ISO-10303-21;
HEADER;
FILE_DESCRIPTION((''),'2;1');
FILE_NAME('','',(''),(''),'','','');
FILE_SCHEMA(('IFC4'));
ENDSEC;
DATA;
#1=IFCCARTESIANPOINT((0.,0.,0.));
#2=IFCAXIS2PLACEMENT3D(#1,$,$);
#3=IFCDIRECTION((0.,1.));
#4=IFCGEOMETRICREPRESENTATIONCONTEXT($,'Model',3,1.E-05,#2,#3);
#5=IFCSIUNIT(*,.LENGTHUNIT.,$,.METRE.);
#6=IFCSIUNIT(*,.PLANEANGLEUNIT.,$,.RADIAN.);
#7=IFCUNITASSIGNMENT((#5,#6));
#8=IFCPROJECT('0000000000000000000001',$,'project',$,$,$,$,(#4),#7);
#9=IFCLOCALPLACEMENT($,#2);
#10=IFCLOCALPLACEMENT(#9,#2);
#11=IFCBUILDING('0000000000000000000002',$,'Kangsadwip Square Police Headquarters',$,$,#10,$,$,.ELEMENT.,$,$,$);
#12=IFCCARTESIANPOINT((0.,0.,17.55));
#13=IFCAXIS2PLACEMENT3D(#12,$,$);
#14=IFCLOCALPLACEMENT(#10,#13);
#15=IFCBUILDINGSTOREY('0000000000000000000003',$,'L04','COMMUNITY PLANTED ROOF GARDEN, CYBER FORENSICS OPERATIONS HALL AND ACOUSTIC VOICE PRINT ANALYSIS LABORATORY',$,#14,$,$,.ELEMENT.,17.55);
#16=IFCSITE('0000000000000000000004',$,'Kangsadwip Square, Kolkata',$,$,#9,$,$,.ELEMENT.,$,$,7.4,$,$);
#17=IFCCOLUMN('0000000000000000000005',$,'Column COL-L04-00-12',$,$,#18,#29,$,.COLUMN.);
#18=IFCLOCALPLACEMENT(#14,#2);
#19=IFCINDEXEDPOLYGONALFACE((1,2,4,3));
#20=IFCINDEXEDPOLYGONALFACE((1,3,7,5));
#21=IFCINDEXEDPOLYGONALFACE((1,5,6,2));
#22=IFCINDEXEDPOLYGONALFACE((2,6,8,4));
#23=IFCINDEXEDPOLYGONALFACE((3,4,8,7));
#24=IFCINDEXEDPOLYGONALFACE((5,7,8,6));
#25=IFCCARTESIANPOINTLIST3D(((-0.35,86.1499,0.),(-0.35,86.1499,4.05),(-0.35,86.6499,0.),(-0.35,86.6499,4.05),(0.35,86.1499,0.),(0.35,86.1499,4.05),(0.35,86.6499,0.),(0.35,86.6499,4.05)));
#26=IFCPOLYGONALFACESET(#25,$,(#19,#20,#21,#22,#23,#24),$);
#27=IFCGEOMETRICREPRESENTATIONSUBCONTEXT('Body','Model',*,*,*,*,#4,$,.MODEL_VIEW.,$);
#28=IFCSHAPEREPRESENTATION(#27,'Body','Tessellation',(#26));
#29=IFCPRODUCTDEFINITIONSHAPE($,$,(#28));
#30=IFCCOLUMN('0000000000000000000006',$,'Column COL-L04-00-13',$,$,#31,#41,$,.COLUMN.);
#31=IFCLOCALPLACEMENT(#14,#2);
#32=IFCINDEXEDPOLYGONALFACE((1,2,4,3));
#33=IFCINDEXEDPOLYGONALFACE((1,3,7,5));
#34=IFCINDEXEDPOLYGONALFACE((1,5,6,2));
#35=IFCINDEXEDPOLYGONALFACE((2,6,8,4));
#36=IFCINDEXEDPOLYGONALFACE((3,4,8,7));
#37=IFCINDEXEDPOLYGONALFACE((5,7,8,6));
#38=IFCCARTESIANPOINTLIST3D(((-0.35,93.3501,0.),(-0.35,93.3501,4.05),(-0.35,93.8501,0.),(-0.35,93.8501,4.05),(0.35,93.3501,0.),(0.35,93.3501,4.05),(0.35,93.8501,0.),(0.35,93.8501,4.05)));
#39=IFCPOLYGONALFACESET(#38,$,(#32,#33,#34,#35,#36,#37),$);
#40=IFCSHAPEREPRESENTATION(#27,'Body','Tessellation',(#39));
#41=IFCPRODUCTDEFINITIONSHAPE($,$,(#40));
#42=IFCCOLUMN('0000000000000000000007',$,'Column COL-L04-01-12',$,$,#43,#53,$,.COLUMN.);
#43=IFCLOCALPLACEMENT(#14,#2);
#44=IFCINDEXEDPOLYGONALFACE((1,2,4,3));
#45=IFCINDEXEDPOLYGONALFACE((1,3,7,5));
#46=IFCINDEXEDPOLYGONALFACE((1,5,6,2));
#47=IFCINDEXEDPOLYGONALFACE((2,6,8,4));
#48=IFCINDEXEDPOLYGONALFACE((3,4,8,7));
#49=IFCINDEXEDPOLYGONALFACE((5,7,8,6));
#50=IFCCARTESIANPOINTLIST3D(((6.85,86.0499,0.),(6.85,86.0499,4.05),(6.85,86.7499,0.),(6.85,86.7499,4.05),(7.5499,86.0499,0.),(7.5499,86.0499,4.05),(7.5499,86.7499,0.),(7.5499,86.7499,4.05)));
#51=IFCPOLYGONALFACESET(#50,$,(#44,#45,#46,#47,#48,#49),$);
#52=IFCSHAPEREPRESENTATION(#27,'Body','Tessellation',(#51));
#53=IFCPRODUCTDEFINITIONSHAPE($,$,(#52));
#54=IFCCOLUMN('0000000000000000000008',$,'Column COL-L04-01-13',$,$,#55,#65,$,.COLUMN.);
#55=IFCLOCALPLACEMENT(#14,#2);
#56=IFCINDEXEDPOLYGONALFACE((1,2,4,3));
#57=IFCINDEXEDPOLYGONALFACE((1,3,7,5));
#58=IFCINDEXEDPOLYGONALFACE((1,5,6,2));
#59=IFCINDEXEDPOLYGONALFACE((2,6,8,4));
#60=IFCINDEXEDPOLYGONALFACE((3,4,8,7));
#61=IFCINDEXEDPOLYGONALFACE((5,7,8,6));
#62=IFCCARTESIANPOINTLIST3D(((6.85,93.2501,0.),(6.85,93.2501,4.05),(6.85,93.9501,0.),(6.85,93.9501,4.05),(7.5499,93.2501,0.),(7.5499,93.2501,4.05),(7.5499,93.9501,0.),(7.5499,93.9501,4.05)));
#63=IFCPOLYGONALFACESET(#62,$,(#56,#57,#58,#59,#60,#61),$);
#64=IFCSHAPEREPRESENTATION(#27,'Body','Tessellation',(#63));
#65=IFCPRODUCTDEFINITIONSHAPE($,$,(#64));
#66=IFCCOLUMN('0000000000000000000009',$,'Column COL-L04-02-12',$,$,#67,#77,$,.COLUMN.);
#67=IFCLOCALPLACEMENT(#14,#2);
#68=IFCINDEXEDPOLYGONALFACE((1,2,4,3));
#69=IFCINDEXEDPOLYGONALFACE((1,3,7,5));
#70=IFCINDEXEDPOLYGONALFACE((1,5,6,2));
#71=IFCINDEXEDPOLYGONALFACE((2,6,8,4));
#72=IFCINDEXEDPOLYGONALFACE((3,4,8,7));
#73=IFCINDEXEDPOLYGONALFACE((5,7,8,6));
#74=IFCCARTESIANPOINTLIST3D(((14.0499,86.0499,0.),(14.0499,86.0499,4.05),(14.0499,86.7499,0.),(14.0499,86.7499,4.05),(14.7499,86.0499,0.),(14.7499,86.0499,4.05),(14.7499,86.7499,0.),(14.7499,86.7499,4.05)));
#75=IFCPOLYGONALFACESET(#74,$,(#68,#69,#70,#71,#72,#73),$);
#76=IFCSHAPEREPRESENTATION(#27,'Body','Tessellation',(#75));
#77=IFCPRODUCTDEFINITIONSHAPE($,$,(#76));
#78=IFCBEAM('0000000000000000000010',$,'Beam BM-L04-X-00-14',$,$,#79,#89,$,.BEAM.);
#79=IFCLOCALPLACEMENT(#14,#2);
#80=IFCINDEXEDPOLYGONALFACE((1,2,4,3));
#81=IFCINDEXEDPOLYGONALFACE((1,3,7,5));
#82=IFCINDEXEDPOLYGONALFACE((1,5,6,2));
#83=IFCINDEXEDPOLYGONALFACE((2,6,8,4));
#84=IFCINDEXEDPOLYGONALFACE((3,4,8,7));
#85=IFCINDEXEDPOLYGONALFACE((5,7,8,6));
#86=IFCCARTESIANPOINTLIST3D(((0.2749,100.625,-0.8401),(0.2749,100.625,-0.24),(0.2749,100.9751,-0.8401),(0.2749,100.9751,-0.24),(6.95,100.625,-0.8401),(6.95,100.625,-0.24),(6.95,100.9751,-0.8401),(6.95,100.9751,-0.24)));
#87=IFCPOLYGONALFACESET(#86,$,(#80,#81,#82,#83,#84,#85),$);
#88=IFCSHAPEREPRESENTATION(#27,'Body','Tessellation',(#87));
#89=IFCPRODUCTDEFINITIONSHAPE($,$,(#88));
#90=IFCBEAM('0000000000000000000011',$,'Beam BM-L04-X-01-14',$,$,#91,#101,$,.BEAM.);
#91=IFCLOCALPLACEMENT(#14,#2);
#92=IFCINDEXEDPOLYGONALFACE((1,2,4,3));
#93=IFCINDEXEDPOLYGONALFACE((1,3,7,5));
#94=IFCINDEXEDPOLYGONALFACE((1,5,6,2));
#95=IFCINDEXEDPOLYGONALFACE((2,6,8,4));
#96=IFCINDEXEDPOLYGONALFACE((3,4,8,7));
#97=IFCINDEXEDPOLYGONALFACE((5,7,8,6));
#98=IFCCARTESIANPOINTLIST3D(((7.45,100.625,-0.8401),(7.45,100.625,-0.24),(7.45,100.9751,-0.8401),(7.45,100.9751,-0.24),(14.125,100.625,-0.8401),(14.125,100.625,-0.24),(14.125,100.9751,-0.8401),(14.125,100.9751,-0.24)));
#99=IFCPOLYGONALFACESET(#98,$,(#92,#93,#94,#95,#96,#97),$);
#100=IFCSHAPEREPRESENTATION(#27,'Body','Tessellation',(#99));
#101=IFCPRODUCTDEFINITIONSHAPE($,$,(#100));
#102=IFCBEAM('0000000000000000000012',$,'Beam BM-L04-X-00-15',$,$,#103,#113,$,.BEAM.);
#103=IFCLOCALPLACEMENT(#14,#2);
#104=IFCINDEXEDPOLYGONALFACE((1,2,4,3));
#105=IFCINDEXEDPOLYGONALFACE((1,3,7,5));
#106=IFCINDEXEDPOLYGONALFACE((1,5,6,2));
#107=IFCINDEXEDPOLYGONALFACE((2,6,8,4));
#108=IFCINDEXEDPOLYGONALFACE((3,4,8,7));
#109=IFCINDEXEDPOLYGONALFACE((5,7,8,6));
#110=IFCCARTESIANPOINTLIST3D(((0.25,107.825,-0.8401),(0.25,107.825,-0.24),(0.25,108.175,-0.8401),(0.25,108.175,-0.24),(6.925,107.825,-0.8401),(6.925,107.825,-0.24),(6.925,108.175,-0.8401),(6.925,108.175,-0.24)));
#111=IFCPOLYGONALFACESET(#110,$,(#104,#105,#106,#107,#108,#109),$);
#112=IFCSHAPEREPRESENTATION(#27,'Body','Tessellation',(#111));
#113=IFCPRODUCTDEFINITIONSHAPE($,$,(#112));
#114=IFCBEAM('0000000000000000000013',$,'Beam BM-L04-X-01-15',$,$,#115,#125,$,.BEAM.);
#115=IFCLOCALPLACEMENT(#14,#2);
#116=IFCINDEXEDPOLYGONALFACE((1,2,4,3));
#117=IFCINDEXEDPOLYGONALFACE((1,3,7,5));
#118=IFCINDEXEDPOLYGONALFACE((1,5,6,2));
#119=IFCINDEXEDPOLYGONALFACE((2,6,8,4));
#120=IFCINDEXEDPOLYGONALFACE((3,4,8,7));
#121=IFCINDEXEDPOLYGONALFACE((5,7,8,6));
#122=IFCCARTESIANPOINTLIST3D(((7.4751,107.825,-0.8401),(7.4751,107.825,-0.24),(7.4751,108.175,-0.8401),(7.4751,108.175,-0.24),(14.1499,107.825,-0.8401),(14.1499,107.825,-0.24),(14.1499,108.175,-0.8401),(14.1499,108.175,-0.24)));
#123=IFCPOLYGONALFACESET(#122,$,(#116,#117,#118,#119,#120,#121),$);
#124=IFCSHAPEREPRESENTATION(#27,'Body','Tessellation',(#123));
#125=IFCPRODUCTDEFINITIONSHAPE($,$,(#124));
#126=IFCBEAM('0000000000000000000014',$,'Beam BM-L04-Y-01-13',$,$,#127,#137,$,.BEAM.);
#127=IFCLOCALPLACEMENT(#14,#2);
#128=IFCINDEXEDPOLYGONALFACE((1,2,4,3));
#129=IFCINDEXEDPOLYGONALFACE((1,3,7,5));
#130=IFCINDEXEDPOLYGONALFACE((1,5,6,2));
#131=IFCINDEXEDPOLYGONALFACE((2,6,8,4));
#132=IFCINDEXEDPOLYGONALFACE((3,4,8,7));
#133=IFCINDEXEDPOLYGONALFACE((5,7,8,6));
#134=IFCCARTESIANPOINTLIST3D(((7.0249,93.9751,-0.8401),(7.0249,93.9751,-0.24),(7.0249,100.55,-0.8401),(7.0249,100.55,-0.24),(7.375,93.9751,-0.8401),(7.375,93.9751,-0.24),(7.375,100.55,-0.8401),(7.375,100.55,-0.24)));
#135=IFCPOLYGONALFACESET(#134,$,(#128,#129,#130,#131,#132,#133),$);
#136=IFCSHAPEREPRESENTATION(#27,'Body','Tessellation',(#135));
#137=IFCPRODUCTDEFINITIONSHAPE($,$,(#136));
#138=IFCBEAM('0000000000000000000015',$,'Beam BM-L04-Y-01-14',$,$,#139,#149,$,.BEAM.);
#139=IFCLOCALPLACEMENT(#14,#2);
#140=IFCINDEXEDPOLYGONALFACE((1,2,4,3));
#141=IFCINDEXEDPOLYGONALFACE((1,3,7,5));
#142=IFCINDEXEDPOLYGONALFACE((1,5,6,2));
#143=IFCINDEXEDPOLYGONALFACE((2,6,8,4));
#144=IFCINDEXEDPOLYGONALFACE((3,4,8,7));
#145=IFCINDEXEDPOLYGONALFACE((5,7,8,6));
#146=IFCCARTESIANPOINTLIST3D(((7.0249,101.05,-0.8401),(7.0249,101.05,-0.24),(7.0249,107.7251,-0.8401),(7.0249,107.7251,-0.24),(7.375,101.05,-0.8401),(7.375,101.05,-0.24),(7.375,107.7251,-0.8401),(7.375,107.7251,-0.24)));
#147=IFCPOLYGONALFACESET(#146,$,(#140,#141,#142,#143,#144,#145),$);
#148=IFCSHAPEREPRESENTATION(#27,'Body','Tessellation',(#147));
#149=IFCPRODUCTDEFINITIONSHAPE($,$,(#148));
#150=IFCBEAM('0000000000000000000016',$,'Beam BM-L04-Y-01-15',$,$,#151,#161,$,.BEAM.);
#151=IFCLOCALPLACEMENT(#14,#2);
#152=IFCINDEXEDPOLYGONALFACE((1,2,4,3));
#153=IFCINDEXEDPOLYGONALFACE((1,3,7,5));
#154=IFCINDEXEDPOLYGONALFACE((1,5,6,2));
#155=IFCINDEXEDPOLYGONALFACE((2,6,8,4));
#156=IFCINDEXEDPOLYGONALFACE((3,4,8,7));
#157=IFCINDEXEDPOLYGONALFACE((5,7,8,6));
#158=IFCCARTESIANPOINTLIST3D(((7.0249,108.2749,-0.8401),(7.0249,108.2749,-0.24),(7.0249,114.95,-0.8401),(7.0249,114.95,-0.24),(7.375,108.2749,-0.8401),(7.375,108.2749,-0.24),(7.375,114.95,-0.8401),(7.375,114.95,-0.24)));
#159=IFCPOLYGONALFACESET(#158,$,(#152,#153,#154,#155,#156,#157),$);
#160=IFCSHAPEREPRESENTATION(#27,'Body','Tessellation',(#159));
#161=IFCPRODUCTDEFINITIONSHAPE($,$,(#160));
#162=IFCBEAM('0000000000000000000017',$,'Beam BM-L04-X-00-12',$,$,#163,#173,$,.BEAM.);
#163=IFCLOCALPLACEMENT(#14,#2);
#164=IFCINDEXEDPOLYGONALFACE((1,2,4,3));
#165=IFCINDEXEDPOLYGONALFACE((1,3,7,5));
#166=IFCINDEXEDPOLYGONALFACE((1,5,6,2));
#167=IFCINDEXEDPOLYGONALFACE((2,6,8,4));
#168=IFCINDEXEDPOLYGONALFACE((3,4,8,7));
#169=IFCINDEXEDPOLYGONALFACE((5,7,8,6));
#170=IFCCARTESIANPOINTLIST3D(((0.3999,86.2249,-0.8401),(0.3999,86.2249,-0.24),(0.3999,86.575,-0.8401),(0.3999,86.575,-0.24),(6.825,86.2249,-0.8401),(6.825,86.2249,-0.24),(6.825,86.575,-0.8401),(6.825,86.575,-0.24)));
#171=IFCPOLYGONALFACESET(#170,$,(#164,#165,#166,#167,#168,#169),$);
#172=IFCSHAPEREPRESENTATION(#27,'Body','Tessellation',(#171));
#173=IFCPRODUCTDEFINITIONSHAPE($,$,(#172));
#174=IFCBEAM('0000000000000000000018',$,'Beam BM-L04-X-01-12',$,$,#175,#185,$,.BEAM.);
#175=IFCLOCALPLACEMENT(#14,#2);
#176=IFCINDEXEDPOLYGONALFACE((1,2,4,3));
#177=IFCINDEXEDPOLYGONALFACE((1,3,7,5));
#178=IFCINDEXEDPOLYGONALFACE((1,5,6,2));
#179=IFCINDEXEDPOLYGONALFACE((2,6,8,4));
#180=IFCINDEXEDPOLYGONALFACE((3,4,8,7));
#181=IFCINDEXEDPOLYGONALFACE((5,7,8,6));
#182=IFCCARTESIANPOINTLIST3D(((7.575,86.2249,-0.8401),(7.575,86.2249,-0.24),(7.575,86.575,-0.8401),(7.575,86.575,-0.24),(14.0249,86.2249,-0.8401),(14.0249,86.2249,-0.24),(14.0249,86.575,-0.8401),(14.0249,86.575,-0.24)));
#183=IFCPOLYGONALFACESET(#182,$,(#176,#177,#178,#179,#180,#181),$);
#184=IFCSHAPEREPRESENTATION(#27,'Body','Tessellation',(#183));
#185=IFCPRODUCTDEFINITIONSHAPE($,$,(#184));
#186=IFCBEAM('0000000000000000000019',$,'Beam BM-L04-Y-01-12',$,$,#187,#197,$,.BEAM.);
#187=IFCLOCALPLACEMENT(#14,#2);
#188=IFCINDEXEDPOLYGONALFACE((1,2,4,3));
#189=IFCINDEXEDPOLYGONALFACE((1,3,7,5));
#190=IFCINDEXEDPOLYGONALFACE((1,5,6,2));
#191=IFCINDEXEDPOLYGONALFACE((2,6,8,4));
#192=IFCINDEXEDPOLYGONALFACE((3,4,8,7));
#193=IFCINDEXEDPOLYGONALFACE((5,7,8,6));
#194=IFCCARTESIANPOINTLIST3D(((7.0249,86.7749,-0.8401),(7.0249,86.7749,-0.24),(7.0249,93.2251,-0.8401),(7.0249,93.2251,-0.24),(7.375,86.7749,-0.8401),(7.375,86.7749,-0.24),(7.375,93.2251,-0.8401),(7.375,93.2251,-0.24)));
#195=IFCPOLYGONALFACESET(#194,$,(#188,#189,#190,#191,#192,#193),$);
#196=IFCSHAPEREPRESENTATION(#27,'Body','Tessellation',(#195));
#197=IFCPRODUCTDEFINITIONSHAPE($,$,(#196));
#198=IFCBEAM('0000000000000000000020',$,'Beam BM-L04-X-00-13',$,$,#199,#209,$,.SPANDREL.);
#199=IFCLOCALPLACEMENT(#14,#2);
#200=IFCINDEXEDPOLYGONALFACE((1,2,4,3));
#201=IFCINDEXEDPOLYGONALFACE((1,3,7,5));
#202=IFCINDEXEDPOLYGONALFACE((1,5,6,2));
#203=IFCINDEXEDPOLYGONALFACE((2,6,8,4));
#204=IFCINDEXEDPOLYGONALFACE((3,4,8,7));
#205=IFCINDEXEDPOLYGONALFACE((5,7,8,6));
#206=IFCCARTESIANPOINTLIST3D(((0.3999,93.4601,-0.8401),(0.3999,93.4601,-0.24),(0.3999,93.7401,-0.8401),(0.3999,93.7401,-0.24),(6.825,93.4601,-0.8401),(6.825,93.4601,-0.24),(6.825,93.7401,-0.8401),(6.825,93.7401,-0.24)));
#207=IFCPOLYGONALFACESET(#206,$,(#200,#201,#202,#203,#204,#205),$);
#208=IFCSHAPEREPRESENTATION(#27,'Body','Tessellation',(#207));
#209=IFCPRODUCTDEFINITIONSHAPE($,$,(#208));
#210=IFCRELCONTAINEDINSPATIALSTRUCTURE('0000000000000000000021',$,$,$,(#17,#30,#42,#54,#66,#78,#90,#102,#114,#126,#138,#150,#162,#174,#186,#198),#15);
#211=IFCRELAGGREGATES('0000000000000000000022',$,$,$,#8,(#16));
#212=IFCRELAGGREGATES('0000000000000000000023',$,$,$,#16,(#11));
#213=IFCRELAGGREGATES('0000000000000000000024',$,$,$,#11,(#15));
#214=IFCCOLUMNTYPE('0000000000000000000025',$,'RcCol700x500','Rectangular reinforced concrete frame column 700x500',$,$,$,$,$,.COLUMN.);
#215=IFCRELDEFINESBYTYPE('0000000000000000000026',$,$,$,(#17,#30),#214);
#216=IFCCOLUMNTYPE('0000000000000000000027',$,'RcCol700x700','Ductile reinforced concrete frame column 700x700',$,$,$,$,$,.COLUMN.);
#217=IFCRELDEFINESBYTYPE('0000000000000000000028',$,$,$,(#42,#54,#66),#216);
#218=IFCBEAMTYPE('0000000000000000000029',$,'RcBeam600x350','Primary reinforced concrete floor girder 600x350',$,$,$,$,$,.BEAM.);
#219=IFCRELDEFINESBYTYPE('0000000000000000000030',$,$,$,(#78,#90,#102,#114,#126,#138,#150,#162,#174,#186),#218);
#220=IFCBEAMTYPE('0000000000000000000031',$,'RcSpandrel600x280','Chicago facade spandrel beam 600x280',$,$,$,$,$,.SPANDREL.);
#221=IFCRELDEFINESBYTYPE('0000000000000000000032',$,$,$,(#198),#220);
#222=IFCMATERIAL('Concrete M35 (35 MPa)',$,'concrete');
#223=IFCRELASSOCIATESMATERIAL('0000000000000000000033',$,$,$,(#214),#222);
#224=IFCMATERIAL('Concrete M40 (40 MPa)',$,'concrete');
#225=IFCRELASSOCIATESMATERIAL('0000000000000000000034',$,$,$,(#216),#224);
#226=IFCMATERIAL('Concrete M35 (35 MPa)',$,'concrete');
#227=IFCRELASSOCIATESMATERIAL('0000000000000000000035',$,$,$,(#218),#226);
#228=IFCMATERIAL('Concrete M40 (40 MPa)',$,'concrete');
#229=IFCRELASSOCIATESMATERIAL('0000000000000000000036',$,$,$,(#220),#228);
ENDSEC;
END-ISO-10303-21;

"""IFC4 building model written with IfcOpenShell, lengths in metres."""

from ifc_helpers import new_model, si_unit, direction, frame, origin, origin_2d, place, context, subcontext, project, spatial, rectangle, extrude, material, material_profile, profile_set, type_object, element, save


model = new_model("IFC4")

# Units and contexts
model_context = context("Model", 3, precision=1e-05, world=origin(), true_north=direction((0.0, 1.0)))
body_context = subcontext(model_context, "Body", "Model", "MODEL_VIEW")
ifc_project = project(units=[si_unit("LENGTHUNIT", "METRE"), si_unit("PLANEANGLEUNIT", "RADIAN")], contexts=[model_context])

# Site, building, storey
site_placement = place(None, origin())
site = spatial("IfcSite", under=ifc_project, at=site_placement, Name="Kangsadwip Square, Kolkata", CompositionType="ELEMENT", RefElevation=7.4)
building_placement = place(site_placement, origin())
building = spatial("IfcBuilding", under=site, at=building_placement, Name="Kangsadwip Square Police Headquarters", CompositionType="ELEMENT")
storey_placement = place(building_placement, frame((0.0, 0.0, 17.55)))
storey = spatial("IfcBuildingStorey", under=building, at=storey_placement, Name="L04", Description="COMMUNITY PLANTED ROOF GARDEN, CYBER FORENSICS OPERATIONS HALL AND ACOUSTIC VOICE PRINT ANALYSIS LABORATORY", CompositionType="ELEMENT", Elevation=17.55)

# Columns
ifc_material_1 = material(Name="Concrete M35 (35 MPa)", Category="concrete")
ifc_material_profile_1 = material_profile(ifc_material_1, rectangle(XDim=0.5, YDim=0.7, at=origin_2d()), Name="RC COL 700X500")
ifc_profile_set_1 = profile_set([ifc_material_profile_1], Name="Concrete M35 (35 MPa)")
column_type_1 = type_object("IfcColumnType", Name="RcCol700x500", Description="Rectangular reinforced concrete frame column 700x500", PredefinedType="COLUMN", material=ifc_profile_set_1)
for number, where, z_axis, x_axis, name in (
    (1, (0.0, 86.3999, 0.0), (0.0, 0.0, 1.0), (0.0, 1.0, 0.0), "Column COL-L04-00-12"),
    (2, (0.0, 93.6001, 0.0), (0.0, 0.0, 1.0), (0.0, 1.0, 0.0), "Column COL-L04-00-13"),
):
    element("IfcColumn", number, at=place(storey_placement, frame(where, z_axis=z_axis, x_axis=x_axis)), inside=storey, type_object=column_type_1, Name=name, PredefinedType="COLUMN", context=body_context, shape_type="SweptSolid", body=[
        extrude(rectangle(XDim=0.5, YDim=0.7, at=origin_2d()), origin(), (0.0, 0.0, 1.0), 4.05),
    ])
ifc_material_2 = material(Name="Concrete M40 (40 MPa)", Category="concrete")
ifc_material_profile_2 = material_profile(ifc_material_2, rectangle(XDim=0.7, YDim=0.7, at=origin_2d()), Name="RC COL 700X700")
ifc_profile_set_2 = profile_set([ifc_material_profile_2], Name="Concrete M40 (40 MPa)")
column_type_2 = type_object("IfcColumnType", Name="RcCol700x700", Description="Ductile reinforced concrete frame column 700x700", PredefinedType="COLUMN", material=ifc_profile_set_2)
for number, where, z_axis, x_axis, name in (
    (3, (7.2, 86.3999, 0.0), (0.0, 0.0, 1.0), (1.0, 0.0, 0.0), "Column COL-L04-01-12"),
    (4, (7.2, 93.6001, 0.0), (0.0, 0.0, 1.0), (1.0, 0.0, 0.0), "Column COL-L04-01-13"),
    (5, (14.3999, 86.3999, 0.0), (0.0, 0.0, 1.0), (1.0, 0.0, 0.0), "Column COL-L04-02-12"),
):
    element("IfcColumn", number, at=place(storey_placement, frame(where, z_axis=z_axis, x_axis=x_axis)), inside=storey, type_object=column_type_2, Name=name, PredefinedType="COLUMN", context=body_context, shape_type="SweptSolid", body=[
        extrude(rectangle(XDim=0.7, YDim=0.7, at=origin_2d()), origin(), (0.0, 0.0, 1.0), 4.05),
    ])

# Beams
ifc_material_3 = material(Name="Concrete M35 (35 MPa)", Category="concrete")
ifc_material_profile_3 = material_profile(ifc_material_3, rectangle(XDim=0.3501, YDim=0.6001, at=origin_2d()), Name="RC BM 600X350")
ifc_profile_set_3 = profile_set([ifc_material_profile_3], Name="Concrete M35 (35 MPa)")
beam_type_1 = type_object("IfcBeamType", Name="RcBeam600x350", Description="Primary reinforced concrete floor girder 600x350", PredefinedType="BEAM", material=ifc_profile_set_3)
for number, where, z_axis, x_axis, name in (
    (6, (0.2749, 100.8, -0.54), (1.0, 0.0, 0.0), (0.0, 1.0, 0.0), "Beam BM-L04-X-00-14"),
    (7, (7.45, 100.8, -0.54), (1.0, 0.0, 0.0), (0.0, 1.0, 0.0), "Beam BM-L04-X-01-14"),
    (8, (0.25, 108.0, -0.54), (1.0, 0.0, 0.0), (0.0, 1.0, 0.0), "Beam BM-L04-X-00-15"),
):
    element("IfcBeam", number, at=place(storey_placement, frame(where, z_axis=z_axis, x_axis=x_axis)), inside=storey, type_object=beam_type_1, Name=name, PredefinedType="BEAM", context=body_context, shape_type="SweptSolid", body=[
        extrude(rectangle(XDim=0.3501, YDim=0.6001, at=origin_2d()), origin(), (0.0, 0.0, 1.0), 6.675),
    ])
beam_1_placement = place(storey_placement, frame((7.4751, 108.0, -0.54), z_axis=(1.0, 0.0, 0.0), x_axis=(0.0, 1.0, 0.0)))
element("IfcBeam", 9, at=beam_1_placement, inside=storey, type_object=beam_type_1, Name="Beam BM-L04-X-01-15", PredefinedType="BEAM", context=body_context, shape_type="SweptSolid", body=[
    extrude(rectangle(XDim=0.3501, YDim=0.6001, at=origin_2d()), origin(), (0.0, 0.0, 1.0), 6.6748),
])
beam_2_placement = place(storey_placement, frame((7.2, 93.9751, -0.54), z_axis=(0.0, 1.0, 0.0), x_axis=(-1.0, 0.0, 0.0)))
element("IfcBeam", 10, at=beam_2_placement, inside=storey, type_object=beam_type_1, Name="Beam BM-L04-Y-01-13", PredefinedType="BEAM", context=body_context, shape_type="SweptSolid", body=[
    extrude(rectangle(XDim=0.3501, YDim=0.6001, at=origin_2d()), origin(), (0.0, 0.0, 1.0), 6.575),
])
for number, where, z_axis, x_axis, name in (
    (11, (7.2, 101.05, -0.54), (0.0, 1.0, 0.0), (-1.0, 0.0, 0.0), "Beam BM-L04-Y-01-14"),
    (12, (7.2, 108.2749, -0.54), (0.0, 1.0, 0.0), (-1.0, 0.0, 0.0), "Beam BM-L04-Y-01-15"),
):
    element("IfcBeam", number, at=place(storey_placement, frame(where, z_axis=z_axis, x_axis=x_axis)), inside=storey, type_object=beam_type_1, Name=name, PredefinedType="BEAM", context=body_context, shape_type="SweptSolid", body=[
        extrude(rectangle(XDim=0.3501, YDim=0.6001, at=origin_2d()), origin(), (0.0, 0.0, 1.0), 6.675),
    ])
beam_3_placement = place(storey_placement, frame((0.3999, 86.3999, -0.54), z_axis=(1.0, 0.0, 0.0), x_axis=(0.0, 1.0, 0.0)))
element("IfcBeam", 13, at=beam_3_placement, inside=storey, type_object=beam_type_1, Name="Beam BM-L04-X-00-12", PredefinedType="BEAM", context=body_context, shape_type="SweptSolid", body=[
    extrude(rectangle(XDim=0.3501, YDim=0.6001, at=origin_2d()), origin(), (0.0, 0.0, 1.0), 6.425),
])
beam_4_placement = place(storey_placement, frame((7.575, 86.3999, -0.54), z_axis=(1.0, 0.0, 0.0), x_axis=(0.0, 1.0, 0.0)))
element("IfcBeam", 14, at=beam_4_placement, inside=storey, type_object=beam_type_1, Name="Beam BM-L04-X-01-12", PredefinedType="BEAM", context=body_context, shape_type="SweptSolid", body=[
    extrude(rectangle(XDim=0.3501, YDim=0.6001, at=origin_2d()), origin(), (0.0, 0.0, 1.0), 6.45),
])
beam_5_placement = place(storey_placement, frame((7.2, 86.7749, -0.54), z_axis=(0.0, 1.0, 0.0), x_axis=(-1.0, 0.0, 0.0)))
element("IfcBeam", 15, at=beam_5_placement, inside=storey, type_object=beam_type_1, Name="Beam BM-L04-Y-01-12", PredefinedType="BEAM", context=body_context, shape_type="SweptSolid", body=[
    extrude(rectangle(XDim=0.3501, YDim=0.6001, at=origin_2d()), origin(), (0.0, 0.0, 1.0), 6.4502),
])
ifc_material_4 = material(Name="Concrete M40 (40 MPa)", Category="concrete")
ifc_material_profile_4 = material_profile(ifc_material_4, rectangle(XDim=0.28, YDim=0.6001, at=origin_2d()), Name="RC SPN 600X280")
ifc_profile_set_4 = profile_set([ifc_material_profile_4], Name="Concrete M40 (40 MPa)")
beam_type_2 = type_object("IfcBeamType", Name="RcSpandrel600x280", Description="Chicago facade spandrel beam 600x280", PredefinedType="SPANDREL", material=ifc_profile_set_4)
beam_6_placement = place(storey_placement, frame((0.3999, 93.6001, -0.54), z_axis=(1.0, 0.0, 0.0), x_axis=(0.0, 1.0, 0.0)))
element("IfcBeam", 16, at=beam_6_placement, inside=storey, type_object=beam_type_2, Name="Beam BM-L04-X-00-13", PredefinedType="SPANDREL", context=body_context, shape_type="SweptSolid", body=[
    extrude(rectangle(XDim=0.28, YDim=0.6001, at=origin_2d()), origin(), (0.0, 0.0, 1.0), 6.425),
])

save(model, "model.ifc")
